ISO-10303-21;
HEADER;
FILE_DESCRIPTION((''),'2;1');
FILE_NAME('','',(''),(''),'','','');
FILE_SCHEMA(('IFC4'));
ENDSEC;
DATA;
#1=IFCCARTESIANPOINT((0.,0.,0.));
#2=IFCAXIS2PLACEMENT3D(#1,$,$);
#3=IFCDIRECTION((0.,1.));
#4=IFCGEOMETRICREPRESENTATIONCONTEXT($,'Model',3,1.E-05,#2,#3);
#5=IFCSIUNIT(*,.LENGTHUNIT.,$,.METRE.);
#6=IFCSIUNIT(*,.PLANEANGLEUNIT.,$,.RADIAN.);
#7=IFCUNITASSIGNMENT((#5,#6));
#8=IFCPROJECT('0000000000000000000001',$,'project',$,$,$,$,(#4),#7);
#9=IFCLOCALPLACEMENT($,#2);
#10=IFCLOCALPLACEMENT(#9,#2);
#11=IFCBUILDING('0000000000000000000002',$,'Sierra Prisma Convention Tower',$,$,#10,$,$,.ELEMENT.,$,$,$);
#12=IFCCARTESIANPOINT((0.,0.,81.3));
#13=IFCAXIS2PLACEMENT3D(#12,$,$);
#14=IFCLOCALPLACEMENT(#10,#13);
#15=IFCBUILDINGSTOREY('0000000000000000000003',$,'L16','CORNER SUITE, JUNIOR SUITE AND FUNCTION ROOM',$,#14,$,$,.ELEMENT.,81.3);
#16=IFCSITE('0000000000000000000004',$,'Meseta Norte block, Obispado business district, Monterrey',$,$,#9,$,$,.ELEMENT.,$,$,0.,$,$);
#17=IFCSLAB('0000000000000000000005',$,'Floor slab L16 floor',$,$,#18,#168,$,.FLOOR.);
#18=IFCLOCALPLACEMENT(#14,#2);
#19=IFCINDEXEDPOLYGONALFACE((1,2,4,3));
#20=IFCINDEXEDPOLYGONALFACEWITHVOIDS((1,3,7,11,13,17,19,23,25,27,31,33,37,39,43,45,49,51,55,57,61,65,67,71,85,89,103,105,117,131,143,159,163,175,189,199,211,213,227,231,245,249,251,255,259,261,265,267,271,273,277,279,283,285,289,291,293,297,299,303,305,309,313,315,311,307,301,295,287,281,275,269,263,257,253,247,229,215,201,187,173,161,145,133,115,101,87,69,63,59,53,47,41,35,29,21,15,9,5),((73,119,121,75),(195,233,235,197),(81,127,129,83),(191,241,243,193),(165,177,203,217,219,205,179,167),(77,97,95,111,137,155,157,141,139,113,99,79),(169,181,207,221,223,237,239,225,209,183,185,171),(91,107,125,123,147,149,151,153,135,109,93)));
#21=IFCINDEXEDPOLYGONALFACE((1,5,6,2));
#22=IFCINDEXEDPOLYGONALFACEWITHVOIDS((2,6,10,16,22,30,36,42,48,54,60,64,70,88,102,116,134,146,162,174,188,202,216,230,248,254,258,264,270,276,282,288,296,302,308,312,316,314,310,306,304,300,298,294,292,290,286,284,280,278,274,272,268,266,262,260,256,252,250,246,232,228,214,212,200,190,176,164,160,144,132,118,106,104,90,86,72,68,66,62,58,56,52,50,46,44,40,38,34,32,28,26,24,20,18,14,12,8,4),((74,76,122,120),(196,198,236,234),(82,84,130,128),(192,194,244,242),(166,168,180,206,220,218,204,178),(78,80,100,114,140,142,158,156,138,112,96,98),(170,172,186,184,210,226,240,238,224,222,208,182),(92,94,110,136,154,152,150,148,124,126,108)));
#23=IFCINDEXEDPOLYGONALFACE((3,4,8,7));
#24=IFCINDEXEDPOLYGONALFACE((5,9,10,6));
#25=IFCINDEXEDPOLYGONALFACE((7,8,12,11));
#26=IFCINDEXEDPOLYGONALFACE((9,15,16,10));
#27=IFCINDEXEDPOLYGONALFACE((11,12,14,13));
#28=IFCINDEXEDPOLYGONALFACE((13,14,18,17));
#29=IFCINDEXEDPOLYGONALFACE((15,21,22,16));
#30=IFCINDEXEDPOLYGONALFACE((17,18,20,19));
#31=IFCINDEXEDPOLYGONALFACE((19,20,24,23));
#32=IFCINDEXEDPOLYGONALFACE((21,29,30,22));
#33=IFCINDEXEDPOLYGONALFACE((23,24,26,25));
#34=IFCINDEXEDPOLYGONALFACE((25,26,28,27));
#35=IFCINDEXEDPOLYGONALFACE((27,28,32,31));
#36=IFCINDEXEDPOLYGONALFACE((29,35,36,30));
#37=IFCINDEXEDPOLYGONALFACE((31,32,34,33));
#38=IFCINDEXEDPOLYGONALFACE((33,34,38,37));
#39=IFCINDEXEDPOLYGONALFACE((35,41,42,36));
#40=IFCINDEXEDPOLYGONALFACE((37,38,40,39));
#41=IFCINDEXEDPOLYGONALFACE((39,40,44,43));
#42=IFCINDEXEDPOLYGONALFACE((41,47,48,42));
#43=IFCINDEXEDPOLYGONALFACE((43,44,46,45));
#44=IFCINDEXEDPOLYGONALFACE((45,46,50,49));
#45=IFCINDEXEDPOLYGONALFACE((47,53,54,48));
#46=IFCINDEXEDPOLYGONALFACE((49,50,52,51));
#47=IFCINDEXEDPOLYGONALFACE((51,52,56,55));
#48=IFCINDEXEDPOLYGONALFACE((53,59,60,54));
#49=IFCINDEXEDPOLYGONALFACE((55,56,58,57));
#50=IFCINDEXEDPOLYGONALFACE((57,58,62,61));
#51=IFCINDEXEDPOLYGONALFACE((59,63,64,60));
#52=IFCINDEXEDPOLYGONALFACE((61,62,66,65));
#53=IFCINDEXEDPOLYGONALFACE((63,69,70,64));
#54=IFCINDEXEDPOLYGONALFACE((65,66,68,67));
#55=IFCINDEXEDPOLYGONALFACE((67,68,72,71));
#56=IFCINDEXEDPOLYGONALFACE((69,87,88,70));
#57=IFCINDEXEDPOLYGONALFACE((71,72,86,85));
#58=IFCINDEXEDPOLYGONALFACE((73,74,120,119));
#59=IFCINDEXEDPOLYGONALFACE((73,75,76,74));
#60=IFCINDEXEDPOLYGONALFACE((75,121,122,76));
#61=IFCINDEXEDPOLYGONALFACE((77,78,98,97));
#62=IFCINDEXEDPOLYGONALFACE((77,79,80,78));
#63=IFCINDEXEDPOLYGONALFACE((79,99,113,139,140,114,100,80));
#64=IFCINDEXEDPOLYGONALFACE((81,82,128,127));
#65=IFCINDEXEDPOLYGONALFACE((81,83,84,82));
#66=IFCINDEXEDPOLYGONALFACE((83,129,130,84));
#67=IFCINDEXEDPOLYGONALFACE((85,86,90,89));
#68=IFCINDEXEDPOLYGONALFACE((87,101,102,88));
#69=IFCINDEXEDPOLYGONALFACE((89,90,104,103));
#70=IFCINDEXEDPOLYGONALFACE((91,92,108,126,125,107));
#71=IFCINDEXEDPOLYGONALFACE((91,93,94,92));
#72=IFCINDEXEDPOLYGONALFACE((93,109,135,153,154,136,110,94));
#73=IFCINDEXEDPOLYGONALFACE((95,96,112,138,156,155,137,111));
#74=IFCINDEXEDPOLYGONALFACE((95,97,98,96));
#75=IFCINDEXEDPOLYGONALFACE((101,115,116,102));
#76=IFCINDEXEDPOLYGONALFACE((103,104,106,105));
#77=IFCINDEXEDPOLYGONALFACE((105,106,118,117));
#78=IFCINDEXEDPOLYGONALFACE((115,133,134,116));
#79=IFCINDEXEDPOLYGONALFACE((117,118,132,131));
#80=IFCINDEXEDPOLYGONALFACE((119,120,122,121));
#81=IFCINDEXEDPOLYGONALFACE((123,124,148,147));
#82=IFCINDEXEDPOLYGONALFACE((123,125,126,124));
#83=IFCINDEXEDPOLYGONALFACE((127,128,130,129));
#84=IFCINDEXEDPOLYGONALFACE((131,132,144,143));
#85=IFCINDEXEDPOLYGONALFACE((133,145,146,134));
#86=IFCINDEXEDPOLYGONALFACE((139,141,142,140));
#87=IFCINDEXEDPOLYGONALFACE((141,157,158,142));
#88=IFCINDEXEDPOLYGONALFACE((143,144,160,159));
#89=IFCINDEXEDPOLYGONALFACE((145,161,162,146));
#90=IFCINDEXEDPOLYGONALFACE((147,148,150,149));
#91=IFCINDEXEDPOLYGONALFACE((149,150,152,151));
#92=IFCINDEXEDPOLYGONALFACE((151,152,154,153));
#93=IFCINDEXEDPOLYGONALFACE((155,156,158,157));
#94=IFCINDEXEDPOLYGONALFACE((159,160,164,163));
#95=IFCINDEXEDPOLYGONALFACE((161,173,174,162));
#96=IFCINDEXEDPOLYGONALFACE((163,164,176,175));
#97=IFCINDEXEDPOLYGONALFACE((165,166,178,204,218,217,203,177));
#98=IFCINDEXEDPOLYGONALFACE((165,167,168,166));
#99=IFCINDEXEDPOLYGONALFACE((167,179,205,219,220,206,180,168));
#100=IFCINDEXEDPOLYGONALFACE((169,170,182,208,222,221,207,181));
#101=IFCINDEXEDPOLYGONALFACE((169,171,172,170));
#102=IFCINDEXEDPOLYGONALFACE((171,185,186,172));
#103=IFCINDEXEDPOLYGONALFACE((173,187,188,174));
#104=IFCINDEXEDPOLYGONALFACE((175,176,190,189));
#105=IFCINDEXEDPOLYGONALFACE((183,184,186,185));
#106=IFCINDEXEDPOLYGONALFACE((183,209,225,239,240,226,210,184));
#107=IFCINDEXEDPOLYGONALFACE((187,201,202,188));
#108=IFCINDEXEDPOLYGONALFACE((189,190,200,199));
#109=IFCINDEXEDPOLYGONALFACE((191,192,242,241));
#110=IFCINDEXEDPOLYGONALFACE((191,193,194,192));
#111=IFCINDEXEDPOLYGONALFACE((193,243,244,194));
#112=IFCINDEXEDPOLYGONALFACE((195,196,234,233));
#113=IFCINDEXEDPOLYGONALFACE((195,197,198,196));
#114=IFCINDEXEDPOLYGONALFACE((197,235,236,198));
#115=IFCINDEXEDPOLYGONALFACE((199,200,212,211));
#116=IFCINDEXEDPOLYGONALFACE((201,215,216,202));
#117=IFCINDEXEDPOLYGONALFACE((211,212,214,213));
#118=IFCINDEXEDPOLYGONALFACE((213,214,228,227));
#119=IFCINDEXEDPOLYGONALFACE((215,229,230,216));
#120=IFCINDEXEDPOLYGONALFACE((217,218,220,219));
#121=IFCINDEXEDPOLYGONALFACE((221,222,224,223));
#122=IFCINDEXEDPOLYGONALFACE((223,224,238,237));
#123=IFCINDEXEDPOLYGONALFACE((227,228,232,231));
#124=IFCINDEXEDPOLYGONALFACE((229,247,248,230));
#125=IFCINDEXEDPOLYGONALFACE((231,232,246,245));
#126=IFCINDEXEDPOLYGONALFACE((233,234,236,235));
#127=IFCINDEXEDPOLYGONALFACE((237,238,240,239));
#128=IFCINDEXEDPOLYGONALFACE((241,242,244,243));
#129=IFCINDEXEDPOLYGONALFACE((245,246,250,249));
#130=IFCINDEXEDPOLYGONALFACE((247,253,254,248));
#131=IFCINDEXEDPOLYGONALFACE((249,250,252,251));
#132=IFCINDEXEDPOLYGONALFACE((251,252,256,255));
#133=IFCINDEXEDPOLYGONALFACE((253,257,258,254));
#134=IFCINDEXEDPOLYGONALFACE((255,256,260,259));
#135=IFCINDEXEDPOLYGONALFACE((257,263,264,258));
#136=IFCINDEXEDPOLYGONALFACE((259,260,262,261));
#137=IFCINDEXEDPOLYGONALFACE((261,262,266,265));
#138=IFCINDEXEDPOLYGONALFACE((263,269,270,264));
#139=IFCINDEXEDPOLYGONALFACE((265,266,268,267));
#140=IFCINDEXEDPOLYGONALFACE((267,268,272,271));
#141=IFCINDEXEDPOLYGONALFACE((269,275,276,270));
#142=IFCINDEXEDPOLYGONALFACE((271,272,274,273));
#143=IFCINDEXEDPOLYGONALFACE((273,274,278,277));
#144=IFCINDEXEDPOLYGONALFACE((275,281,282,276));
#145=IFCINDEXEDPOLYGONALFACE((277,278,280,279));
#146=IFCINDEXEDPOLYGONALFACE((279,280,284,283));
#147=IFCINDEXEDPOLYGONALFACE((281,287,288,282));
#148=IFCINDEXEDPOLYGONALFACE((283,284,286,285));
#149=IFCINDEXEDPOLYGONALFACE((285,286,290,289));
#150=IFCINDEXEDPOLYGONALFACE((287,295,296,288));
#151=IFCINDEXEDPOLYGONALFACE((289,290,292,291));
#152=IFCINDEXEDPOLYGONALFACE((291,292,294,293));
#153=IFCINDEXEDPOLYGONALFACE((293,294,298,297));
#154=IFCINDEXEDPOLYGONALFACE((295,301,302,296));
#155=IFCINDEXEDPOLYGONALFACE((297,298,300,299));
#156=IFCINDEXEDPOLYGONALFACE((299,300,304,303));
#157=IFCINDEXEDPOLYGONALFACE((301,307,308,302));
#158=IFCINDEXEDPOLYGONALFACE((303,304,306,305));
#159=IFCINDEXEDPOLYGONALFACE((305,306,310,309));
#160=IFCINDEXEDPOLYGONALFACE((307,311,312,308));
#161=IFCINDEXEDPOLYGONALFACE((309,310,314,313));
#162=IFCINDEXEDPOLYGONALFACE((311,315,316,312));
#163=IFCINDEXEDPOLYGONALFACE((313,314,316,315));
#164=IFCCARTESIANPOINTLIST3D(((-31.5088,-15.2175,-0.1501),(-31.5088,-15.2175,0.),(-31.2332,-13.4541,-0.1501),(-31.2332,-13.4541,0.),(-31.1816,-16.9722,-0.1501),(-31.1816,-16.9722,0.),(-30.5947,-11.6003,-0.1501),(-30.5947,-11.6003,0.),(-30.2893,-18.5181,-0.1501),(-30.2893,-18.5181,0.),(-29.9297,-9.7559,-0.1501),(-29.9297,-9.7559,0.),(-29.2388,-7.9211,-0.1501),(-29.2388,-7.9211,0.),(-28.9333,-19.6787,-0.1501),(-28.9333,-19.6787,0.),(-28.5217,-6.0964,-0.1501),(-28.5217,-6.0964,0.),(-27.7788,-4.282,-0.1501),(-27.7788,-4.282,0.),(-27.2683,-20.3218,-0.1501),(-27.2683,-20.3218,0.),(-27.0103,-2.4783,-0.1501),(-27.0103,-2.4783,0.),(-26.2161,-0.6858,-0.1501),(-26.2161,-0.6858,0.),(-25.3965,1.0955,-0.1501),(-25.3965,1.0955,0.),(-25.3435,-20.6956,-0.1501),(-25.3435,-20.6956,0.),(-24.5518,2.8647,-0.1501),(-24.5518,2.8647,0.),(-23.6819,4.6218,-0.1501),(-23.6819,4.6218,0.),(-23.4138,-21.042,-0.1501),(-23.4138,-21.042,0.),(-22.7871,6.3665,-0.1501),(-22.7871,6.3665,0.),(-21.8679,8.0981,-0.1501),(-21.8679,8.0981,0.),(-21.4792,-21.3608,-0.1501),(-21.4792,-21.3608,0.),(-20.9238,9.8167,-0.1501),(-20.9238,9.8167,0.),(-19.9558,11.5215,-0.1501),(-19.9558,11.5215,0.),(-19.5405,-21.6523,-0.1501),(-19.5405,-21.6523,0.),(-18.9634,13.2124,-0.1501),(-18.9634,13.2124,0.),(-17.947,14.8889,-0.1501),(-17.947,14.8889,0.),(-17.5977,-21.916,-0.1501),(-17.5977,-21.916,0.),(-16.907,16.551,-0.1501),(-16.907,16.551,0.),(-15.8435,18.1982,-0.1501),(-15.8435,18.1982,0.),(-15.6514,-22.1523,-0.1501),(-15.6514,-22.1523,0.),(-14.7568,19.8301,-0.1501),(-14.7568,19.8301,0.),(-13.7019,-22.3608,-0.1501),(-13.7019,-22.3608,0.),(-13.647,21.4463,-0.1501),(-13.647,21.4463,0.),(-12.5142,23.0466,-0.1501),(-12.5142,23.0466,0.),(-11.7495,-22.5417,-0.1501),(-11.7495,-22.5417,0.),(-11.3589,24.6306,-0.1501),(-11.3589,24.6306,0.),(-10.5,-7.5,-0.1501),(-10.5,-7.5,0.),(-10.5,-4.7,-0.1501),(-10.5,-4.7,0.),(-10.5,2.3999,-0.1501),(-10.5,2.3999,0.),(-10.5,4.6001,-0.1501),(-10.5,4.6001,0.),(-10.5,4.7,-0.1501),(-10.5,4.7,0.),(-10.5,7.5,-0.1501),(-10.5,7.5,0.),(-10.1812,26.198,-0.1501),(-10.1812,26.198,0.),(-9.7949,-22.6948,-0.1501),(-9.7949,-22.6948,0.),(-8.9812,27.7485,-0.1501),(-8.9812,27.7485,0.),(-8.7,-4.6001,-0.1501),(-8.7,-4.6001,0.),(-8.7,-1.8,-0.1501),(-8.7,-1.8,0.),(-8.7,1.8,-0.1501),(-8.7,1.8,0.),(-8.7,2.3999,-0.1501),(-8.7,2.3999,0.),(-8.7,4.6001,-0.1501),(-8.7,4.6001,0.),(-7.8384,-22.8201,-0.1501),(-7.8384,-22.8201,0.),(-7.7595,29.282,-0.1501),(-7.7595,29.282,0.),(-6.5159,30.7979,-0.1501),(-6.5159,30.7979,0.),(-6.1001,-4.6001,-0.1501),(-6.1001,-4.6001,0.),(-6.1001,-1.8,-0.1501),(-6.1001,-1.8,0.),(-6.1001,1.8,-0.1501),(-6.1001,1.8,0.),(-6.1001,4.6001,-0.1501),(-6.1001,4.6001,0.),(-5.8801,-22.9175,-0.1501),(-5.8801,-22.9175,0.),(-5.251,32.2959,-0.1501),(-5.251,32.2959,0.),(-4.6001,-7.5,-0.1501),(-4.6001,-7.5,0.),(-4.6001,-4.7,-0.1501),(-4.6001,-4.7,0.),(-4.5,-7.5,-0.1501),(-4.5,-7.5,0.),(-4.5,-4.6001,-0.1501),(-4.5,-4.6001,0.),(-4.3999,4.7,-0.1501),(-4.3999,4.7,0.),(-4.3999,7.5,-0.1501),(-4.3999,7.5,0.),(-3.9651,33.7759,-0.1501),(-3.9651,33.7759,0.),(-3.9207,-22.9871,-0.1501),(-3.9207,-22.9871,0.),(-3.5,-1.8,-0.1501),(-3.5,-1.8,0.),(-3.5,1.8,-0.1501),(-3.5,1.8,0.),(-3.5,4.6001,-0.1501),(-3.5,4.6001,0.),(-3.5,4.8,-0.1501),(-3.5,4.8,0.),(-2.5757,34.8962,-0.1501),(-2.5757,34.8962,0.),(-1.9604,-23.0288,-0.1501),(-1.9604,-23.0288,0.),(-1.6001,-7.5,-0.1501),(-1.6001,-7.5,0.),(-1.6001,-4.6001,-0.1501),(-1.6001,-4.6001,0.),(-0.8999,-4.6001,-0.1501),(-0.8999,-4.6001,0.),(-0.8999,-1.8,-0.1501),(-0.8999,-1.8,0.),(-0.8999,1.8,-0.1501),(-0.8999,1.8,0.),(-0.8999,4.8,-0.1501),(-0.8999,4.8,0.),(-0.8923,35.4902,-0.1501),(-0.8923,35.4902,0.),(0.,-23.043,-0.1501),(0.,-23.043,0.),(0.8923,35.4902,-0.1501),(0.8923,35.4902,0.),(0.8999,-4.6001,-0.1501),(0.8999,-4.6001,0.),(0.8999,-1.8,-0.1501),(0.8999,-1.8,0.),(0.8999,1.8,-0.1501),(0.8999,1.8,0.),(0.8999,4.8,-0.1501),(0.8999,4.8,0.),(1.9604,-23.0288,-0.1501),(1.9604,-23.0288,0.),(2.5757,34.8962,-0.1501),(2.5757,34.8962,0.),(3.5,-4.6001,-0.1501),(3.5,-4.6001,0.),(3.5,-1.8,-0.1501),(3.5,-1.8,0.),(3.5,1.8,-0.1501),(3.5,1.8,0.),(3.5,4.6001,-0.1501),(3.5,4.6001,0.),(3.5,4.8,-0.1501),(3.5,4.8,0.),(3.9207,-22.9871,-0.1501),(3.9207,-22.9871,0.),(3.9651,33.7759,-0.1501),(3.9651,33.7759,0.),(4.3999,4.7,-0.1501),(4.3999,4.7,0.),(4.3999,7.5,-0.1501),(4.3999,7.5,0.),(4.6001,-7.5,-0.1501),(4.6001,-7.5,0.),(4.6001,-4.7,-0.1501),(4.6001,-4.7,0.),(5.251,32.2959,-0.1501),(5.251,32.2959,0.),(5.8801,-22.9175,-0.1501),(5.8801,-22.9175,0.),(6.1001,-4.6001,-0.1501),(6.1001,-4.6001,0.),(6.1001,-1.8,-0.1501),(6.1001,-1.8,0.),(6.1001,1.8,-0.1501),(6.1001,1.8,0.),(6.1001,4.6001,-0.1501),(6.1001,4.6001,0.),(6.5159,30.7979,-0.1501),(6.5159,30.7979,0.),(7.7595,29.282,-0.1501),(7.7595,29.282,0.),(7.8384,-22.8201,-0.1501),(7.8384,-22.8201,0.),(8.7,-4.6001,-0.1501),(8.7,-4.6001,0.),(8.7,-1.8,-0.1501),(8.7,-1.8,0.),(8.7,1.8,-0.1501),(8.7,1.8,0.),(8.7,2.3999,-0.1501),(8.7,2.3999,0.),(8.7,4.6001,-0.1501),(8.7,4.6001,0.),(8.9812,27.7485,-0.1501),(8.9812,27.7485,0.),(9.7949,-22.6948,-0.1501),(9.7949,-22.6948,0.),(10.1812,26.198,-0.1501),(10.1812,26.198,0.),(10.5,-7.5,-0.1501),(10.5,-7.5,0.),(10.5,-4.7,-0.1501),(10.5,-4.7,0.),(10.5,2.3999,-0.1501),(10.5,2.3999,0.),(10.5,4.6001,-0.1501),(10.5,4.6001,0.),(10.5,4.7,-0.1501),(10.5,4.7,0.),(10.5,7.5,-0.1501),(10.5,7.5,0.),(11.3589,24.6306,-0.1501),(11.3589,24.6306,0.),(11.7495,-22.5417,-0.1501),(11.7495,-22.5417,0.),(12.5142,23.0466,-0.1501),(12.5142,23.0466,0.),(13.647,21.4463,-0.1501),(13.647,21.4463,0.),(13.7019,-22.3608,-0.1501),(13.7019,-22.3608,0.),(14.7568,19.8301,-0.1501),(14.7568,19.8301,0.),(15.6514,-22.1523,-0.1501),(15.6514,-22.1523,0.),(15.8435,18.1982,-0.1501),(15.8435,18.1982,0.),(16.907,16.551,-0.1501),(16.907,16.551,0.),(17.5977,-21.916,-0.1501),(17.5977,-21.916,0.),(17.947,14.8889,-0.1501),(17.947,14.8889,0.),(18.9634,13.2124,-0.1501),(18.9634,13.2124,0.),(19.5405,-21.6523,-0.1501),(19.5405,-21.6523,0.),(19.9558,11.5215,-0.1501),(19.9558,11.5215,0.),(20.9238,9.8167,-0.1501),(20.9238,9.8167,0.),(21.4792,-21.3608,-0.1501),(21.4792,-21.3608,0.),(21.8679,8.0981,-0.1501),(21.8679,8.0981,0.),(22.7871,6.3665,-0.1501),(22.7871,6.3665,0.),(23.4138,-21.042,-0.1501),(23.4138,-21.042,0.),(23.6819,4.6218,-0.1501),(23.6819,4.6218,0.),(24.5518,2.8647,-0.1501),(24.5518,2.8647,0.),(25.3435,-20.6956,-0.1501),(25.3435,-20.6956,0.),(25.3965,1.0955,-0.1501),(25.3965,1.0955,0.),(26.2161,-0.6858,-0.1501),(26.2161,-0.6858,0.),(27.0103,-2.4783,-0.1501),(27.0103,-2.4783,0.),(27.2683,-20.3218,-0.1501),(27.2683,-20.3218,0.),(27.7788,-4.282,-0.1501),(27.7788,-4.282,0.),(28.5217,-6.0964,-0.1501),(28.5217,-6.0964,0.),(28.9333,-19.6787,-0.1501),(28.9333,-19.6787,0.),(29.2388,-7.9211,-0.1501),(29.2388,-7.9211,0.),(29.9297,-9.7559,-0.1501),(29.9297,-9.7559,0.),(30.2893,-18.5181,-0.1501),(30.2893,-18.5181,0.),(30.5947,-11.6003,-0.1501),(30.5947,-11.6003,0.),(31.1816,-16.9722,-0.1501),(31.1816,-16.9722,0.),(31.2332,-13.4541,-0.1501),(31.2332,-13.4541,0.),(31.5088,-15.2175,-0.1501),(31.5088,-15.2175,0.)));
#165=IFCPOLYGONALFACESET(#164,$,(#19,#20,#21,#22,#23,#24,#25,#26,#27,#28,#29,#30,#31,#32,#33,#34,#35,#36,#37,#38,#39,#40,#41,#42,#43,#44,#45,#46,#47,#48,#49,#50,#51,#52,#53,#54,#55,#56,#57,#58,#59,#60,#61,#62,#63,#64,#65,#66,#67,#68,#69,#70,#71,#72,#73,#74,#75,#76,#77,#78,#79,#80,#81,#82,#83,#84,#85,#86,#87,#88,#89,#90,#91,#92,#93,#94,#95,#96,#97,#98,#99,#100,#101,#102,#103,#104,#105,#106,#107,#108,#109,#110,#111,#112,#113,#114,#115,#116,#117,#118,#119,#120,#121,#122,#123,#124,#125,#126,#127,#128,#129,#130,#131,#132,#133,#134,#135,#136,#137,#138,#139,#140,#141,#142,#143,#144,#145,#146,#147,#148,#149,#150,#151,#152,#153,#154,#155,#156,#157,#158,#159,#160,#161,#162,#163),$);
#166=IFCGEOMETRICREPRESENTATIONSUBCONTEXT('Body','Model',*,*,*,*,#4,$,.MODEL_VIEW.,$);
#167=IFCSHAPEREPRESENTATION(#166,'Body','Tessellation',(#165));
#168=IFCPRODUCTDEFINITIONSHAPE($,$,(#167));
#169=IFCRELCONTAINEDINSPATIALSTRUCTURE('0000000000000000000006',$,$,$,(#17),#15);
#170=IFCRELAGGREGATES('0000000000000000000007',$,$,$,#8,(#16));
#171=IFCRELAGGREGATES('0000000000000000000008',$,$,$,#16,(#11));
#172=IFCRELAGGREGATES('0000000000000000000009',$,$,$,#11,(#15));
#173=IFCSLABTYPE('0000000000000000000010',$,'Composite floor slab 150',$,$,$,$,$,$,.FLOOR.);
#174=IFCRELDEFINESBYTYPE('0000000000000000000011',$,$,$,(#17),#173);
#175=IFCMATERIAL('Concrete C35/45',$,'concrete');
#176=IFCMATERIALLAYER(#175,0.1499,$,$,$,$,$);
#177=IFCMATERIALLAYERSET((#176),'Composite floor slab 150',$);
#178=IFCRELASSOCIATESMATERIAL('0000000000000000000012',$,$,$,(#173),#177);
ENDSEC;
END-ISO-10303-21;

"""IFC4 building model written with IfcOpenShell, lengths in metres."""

from ifc_helpers import new_model, si_unit, direction, frame, origin, place, context, subcontext, project, spatial, polyline, outline, extrude, material, layer, layer_set, type_object, element, save


model = new_model("IFC4")

# Units and contexts
model_context = context("Model", 3, precision=1e-05, world=origin(), true_north=direction((0.0, 1.0)))
body_context = subcontext(model_context, "Body", "Model", "MODEL_VIEW")
ifc_project = project(units=[si_unit("LENGTHUNIT", "METRE"), si_unit("PLANEANGLEUNIT", "RADIAN")], contexts=[model_context])

# Site, building, storey
site_placement = place(None, origin())
site = spatial("IfcSite", under=ifc_project, at=site_placement, Name="Meseta Norte block, Obispado business district, Monterrey", CompositionType="ELEMENT", RefElevation=0.0)
building_placement = place(site_placement, origin())
building = spatial("IfcBuilding", under=site, at=building_placement, Name="Sierra Prisma Convention Tower", CompositionType="ELEMENT")
storey_placement = place(building_placement, frame((0.0, 0.0, 81.3)))
storey = spatial("IfcBuildingStorey", under=building, at=storey_placement, Name="L16", Description="CORNER SUITE, JUNIOR SUITE AND FUNCTION ROOM", CompositionType="ELEMENT", Elevation=81.3)

# Slab
ifc_material_1 = material(Name="Concrete C35/45", Category="concrete")
ifc_layer_1 = layer(ifc_material_1, 0.1499)
ifc_layer_set_1 = layer_set([ifc_layer_1], Name="Composite floor slab 150")
slab_type_1 = type_object("IfcSlabType", Name="Composite floor slab 150", PredefinedType="FLOOR", material=ifc_layer_set_1)
slab_1_placement = place(storey_placement, frame((0.0, 0.0, -0.1501)))
element("IfcSlab", 1, at=slab_1_placement, inside=storey, type_object=slab_type_1, Name="Floor slab L16 floor", PredefinedType="FLOOR", context=body_context, shape_type="SweptSolid", body=[
    extrude(outline(polyline([(-27.2683, -20.3218), (-25.3435, -20.6956), (-23.4138, -21.042), (-21.4792, -21.3608), (-19.5405, -21.6523), (-17.5977, -21.916), (-15.6514, -22.1523), (-13.7019, -22.3608), (-11.7495, -22.5417), (-9.7949, -22.6948), (-7.8384, -22.8201), (-5.8801, -22.9175), (-3.9207, -22.9871), (-1.9604, -23.0288), (0.0, -23.043), (1.9604, -23.0288), (3.9207, -22.9871), (5.8801, -22.9175), (7.8384, -22.8201), (9.7949, -22.6948), (11.7495, -22.5417), (13.7019, -22.3608), (15.6514, -22.1523), (17.5977, -21.916), (19.5405, -21.6523), (21.4792, -21.3608), (23.4138, -21.042), (25.3435, -20.6956), (27.2683, -20.3218), (28.9333, -19.6787), (30.2893, -18.5181), (31.1816, -16.9722), (31.5088, -15.2175), (31.2332, -13.4541), (30.5947, -11.6003), (29.9297, -9.7559), (29.2388, -7.9211), (28.5217, -6.0964), (27.7788, -4.282), (27.0103, -2.4783), (26.2161, -0.6858), (25.3965, 1.0955), (24.5518, 2.8647), (23.6819, 4.6218), (22.7871, 6.3665), (21.8679, 8.0981), (20.9238, 9.8167), (19.9558, 11.5215), (18.9634, 13.2124), (17.947, 14.8889), (16.907, 16.551), (15.8435, 18.1982), (14.7568, 19.8301), (13.647, 21.4463), (12.5142, 23.0466), (11.3589, 24.6306), (10.1812, 26.198), (8.9812, 27.7485), (7.7595, 29.282), (6.5159, 30.7979), (5.251, 32.2959), (3.9651, 33.7759), (2.5757, 34.8962), (0.8923, 35.4902), (-0.8923, 35.4902), (-2.5757, 34.8962), (-3.9651, 33.7759), (-5.251, 32.2959), (-6.5159, 30.7979), (-7.7595, 29.282), (-8.9812, 27.7485), (-10.1812, 26.198), (-11.3589, 24.6306), (-12.5142, 23.0466), (-13.647, 21.4463), (-14.7568, 19.8301), (-15.8435, 18.1982), (-16.907, 16.551), (-17.947, 14.8889), (-18.9634, 13.2124), (-19.9558, 11.5215), (-20.9238, 9.8167), (-21.8679, 8.0981), (-22.7871, 6.3665), (-23.6819, 4.6218), (-24.5518, 2.8647), (-25.3965, 1.0955), (-26.2161, -0.6858), (-27.0103, -2.4783), (-27.7788, -4.282), (-28.5217, -6.0964), (-29.2388, -7.9211), (-29.9297, -9.7559), (-30.5947, -11.6003), (-31.2332, -13.4541), (-31.5088, -15.2175), (-31.1816, -16.9722), (-30.2893, -18.5181), (-28.9333, -19.6787), (-27.2683, -20.3218)]), holes=[polyline([(-4.6001, -7.5), (-10.5, -7.5), (-10.5, -4.7), (-4.6001, -4.7), (-4.6001, -7.5)]), polyline([(-8.7, -4.6001), (-8.7, -1.8), (-6.1001, -1.8), (-3.5, -1.8), (-0.8999, -1.8), (-0.8999, -4.6001), (-1.6001, -4.6001), (-1.6001, -7.5), (-4.5, -7.5), (-4.5, -4.6001), (-6.1001, -4.6001), (-8.7, -4.6001)]), polyline([(-10.5, 4.6001), (-8.7, 4.6001), (-6.1001, 4.6001), (-3.5, 4.6001), (-3.5, 4.8), (-0.8999, 4.8), (-0.8999, 1.8), (-3.5, 1.8), (-6.1001, 1.8), (-8.7, 1.8), (-8.7, 2.3999), (-10.5, 2.3999), (-10.5, 4.6001)]), polyline([(-4.3999, 4.7), (-10.5, 4.7), (-10.5, 7.5), (-4.3999, 7.5), (-4.3999, 4.7)]), polyline([(10.5, -7.5), (4.6001, -7.5), (4.6001, -4.7), (10.5, -4.7), (10.5, -7.5)]), polyline([(6.1001, -1.8), (8.7, -1.8), (8.7, -4.6001), (6.1001, -4.6001), (3.5, -4.6001), (0.8999, -4.6001), (0.8999, -1.8), (3.5, -1.8), (6.1001, -1.8)]), polyline([(10.5, 4.6001), (10.5, 2.3999), (8.7, 2.3999), (8.7, 1.8), (6.1001, 1.8), (3.5, 1.8), (0.8999, 1.8), (0.8999, 4.8), (3.5, 4.8), (3.5, 4.6001), (6.1001, 4.6001), (8.7, 4.6001), (10.5, 4.6001)]), polyline([(4.3999, 4.7), (4.3999, 7.5), (10.5, 7.5), (10.5, 4.7), (4.3999, 4.7)])]), origin(), (0.0, 0.0, 1.0), 0.1501),
])

save(model, "model.ifc")
